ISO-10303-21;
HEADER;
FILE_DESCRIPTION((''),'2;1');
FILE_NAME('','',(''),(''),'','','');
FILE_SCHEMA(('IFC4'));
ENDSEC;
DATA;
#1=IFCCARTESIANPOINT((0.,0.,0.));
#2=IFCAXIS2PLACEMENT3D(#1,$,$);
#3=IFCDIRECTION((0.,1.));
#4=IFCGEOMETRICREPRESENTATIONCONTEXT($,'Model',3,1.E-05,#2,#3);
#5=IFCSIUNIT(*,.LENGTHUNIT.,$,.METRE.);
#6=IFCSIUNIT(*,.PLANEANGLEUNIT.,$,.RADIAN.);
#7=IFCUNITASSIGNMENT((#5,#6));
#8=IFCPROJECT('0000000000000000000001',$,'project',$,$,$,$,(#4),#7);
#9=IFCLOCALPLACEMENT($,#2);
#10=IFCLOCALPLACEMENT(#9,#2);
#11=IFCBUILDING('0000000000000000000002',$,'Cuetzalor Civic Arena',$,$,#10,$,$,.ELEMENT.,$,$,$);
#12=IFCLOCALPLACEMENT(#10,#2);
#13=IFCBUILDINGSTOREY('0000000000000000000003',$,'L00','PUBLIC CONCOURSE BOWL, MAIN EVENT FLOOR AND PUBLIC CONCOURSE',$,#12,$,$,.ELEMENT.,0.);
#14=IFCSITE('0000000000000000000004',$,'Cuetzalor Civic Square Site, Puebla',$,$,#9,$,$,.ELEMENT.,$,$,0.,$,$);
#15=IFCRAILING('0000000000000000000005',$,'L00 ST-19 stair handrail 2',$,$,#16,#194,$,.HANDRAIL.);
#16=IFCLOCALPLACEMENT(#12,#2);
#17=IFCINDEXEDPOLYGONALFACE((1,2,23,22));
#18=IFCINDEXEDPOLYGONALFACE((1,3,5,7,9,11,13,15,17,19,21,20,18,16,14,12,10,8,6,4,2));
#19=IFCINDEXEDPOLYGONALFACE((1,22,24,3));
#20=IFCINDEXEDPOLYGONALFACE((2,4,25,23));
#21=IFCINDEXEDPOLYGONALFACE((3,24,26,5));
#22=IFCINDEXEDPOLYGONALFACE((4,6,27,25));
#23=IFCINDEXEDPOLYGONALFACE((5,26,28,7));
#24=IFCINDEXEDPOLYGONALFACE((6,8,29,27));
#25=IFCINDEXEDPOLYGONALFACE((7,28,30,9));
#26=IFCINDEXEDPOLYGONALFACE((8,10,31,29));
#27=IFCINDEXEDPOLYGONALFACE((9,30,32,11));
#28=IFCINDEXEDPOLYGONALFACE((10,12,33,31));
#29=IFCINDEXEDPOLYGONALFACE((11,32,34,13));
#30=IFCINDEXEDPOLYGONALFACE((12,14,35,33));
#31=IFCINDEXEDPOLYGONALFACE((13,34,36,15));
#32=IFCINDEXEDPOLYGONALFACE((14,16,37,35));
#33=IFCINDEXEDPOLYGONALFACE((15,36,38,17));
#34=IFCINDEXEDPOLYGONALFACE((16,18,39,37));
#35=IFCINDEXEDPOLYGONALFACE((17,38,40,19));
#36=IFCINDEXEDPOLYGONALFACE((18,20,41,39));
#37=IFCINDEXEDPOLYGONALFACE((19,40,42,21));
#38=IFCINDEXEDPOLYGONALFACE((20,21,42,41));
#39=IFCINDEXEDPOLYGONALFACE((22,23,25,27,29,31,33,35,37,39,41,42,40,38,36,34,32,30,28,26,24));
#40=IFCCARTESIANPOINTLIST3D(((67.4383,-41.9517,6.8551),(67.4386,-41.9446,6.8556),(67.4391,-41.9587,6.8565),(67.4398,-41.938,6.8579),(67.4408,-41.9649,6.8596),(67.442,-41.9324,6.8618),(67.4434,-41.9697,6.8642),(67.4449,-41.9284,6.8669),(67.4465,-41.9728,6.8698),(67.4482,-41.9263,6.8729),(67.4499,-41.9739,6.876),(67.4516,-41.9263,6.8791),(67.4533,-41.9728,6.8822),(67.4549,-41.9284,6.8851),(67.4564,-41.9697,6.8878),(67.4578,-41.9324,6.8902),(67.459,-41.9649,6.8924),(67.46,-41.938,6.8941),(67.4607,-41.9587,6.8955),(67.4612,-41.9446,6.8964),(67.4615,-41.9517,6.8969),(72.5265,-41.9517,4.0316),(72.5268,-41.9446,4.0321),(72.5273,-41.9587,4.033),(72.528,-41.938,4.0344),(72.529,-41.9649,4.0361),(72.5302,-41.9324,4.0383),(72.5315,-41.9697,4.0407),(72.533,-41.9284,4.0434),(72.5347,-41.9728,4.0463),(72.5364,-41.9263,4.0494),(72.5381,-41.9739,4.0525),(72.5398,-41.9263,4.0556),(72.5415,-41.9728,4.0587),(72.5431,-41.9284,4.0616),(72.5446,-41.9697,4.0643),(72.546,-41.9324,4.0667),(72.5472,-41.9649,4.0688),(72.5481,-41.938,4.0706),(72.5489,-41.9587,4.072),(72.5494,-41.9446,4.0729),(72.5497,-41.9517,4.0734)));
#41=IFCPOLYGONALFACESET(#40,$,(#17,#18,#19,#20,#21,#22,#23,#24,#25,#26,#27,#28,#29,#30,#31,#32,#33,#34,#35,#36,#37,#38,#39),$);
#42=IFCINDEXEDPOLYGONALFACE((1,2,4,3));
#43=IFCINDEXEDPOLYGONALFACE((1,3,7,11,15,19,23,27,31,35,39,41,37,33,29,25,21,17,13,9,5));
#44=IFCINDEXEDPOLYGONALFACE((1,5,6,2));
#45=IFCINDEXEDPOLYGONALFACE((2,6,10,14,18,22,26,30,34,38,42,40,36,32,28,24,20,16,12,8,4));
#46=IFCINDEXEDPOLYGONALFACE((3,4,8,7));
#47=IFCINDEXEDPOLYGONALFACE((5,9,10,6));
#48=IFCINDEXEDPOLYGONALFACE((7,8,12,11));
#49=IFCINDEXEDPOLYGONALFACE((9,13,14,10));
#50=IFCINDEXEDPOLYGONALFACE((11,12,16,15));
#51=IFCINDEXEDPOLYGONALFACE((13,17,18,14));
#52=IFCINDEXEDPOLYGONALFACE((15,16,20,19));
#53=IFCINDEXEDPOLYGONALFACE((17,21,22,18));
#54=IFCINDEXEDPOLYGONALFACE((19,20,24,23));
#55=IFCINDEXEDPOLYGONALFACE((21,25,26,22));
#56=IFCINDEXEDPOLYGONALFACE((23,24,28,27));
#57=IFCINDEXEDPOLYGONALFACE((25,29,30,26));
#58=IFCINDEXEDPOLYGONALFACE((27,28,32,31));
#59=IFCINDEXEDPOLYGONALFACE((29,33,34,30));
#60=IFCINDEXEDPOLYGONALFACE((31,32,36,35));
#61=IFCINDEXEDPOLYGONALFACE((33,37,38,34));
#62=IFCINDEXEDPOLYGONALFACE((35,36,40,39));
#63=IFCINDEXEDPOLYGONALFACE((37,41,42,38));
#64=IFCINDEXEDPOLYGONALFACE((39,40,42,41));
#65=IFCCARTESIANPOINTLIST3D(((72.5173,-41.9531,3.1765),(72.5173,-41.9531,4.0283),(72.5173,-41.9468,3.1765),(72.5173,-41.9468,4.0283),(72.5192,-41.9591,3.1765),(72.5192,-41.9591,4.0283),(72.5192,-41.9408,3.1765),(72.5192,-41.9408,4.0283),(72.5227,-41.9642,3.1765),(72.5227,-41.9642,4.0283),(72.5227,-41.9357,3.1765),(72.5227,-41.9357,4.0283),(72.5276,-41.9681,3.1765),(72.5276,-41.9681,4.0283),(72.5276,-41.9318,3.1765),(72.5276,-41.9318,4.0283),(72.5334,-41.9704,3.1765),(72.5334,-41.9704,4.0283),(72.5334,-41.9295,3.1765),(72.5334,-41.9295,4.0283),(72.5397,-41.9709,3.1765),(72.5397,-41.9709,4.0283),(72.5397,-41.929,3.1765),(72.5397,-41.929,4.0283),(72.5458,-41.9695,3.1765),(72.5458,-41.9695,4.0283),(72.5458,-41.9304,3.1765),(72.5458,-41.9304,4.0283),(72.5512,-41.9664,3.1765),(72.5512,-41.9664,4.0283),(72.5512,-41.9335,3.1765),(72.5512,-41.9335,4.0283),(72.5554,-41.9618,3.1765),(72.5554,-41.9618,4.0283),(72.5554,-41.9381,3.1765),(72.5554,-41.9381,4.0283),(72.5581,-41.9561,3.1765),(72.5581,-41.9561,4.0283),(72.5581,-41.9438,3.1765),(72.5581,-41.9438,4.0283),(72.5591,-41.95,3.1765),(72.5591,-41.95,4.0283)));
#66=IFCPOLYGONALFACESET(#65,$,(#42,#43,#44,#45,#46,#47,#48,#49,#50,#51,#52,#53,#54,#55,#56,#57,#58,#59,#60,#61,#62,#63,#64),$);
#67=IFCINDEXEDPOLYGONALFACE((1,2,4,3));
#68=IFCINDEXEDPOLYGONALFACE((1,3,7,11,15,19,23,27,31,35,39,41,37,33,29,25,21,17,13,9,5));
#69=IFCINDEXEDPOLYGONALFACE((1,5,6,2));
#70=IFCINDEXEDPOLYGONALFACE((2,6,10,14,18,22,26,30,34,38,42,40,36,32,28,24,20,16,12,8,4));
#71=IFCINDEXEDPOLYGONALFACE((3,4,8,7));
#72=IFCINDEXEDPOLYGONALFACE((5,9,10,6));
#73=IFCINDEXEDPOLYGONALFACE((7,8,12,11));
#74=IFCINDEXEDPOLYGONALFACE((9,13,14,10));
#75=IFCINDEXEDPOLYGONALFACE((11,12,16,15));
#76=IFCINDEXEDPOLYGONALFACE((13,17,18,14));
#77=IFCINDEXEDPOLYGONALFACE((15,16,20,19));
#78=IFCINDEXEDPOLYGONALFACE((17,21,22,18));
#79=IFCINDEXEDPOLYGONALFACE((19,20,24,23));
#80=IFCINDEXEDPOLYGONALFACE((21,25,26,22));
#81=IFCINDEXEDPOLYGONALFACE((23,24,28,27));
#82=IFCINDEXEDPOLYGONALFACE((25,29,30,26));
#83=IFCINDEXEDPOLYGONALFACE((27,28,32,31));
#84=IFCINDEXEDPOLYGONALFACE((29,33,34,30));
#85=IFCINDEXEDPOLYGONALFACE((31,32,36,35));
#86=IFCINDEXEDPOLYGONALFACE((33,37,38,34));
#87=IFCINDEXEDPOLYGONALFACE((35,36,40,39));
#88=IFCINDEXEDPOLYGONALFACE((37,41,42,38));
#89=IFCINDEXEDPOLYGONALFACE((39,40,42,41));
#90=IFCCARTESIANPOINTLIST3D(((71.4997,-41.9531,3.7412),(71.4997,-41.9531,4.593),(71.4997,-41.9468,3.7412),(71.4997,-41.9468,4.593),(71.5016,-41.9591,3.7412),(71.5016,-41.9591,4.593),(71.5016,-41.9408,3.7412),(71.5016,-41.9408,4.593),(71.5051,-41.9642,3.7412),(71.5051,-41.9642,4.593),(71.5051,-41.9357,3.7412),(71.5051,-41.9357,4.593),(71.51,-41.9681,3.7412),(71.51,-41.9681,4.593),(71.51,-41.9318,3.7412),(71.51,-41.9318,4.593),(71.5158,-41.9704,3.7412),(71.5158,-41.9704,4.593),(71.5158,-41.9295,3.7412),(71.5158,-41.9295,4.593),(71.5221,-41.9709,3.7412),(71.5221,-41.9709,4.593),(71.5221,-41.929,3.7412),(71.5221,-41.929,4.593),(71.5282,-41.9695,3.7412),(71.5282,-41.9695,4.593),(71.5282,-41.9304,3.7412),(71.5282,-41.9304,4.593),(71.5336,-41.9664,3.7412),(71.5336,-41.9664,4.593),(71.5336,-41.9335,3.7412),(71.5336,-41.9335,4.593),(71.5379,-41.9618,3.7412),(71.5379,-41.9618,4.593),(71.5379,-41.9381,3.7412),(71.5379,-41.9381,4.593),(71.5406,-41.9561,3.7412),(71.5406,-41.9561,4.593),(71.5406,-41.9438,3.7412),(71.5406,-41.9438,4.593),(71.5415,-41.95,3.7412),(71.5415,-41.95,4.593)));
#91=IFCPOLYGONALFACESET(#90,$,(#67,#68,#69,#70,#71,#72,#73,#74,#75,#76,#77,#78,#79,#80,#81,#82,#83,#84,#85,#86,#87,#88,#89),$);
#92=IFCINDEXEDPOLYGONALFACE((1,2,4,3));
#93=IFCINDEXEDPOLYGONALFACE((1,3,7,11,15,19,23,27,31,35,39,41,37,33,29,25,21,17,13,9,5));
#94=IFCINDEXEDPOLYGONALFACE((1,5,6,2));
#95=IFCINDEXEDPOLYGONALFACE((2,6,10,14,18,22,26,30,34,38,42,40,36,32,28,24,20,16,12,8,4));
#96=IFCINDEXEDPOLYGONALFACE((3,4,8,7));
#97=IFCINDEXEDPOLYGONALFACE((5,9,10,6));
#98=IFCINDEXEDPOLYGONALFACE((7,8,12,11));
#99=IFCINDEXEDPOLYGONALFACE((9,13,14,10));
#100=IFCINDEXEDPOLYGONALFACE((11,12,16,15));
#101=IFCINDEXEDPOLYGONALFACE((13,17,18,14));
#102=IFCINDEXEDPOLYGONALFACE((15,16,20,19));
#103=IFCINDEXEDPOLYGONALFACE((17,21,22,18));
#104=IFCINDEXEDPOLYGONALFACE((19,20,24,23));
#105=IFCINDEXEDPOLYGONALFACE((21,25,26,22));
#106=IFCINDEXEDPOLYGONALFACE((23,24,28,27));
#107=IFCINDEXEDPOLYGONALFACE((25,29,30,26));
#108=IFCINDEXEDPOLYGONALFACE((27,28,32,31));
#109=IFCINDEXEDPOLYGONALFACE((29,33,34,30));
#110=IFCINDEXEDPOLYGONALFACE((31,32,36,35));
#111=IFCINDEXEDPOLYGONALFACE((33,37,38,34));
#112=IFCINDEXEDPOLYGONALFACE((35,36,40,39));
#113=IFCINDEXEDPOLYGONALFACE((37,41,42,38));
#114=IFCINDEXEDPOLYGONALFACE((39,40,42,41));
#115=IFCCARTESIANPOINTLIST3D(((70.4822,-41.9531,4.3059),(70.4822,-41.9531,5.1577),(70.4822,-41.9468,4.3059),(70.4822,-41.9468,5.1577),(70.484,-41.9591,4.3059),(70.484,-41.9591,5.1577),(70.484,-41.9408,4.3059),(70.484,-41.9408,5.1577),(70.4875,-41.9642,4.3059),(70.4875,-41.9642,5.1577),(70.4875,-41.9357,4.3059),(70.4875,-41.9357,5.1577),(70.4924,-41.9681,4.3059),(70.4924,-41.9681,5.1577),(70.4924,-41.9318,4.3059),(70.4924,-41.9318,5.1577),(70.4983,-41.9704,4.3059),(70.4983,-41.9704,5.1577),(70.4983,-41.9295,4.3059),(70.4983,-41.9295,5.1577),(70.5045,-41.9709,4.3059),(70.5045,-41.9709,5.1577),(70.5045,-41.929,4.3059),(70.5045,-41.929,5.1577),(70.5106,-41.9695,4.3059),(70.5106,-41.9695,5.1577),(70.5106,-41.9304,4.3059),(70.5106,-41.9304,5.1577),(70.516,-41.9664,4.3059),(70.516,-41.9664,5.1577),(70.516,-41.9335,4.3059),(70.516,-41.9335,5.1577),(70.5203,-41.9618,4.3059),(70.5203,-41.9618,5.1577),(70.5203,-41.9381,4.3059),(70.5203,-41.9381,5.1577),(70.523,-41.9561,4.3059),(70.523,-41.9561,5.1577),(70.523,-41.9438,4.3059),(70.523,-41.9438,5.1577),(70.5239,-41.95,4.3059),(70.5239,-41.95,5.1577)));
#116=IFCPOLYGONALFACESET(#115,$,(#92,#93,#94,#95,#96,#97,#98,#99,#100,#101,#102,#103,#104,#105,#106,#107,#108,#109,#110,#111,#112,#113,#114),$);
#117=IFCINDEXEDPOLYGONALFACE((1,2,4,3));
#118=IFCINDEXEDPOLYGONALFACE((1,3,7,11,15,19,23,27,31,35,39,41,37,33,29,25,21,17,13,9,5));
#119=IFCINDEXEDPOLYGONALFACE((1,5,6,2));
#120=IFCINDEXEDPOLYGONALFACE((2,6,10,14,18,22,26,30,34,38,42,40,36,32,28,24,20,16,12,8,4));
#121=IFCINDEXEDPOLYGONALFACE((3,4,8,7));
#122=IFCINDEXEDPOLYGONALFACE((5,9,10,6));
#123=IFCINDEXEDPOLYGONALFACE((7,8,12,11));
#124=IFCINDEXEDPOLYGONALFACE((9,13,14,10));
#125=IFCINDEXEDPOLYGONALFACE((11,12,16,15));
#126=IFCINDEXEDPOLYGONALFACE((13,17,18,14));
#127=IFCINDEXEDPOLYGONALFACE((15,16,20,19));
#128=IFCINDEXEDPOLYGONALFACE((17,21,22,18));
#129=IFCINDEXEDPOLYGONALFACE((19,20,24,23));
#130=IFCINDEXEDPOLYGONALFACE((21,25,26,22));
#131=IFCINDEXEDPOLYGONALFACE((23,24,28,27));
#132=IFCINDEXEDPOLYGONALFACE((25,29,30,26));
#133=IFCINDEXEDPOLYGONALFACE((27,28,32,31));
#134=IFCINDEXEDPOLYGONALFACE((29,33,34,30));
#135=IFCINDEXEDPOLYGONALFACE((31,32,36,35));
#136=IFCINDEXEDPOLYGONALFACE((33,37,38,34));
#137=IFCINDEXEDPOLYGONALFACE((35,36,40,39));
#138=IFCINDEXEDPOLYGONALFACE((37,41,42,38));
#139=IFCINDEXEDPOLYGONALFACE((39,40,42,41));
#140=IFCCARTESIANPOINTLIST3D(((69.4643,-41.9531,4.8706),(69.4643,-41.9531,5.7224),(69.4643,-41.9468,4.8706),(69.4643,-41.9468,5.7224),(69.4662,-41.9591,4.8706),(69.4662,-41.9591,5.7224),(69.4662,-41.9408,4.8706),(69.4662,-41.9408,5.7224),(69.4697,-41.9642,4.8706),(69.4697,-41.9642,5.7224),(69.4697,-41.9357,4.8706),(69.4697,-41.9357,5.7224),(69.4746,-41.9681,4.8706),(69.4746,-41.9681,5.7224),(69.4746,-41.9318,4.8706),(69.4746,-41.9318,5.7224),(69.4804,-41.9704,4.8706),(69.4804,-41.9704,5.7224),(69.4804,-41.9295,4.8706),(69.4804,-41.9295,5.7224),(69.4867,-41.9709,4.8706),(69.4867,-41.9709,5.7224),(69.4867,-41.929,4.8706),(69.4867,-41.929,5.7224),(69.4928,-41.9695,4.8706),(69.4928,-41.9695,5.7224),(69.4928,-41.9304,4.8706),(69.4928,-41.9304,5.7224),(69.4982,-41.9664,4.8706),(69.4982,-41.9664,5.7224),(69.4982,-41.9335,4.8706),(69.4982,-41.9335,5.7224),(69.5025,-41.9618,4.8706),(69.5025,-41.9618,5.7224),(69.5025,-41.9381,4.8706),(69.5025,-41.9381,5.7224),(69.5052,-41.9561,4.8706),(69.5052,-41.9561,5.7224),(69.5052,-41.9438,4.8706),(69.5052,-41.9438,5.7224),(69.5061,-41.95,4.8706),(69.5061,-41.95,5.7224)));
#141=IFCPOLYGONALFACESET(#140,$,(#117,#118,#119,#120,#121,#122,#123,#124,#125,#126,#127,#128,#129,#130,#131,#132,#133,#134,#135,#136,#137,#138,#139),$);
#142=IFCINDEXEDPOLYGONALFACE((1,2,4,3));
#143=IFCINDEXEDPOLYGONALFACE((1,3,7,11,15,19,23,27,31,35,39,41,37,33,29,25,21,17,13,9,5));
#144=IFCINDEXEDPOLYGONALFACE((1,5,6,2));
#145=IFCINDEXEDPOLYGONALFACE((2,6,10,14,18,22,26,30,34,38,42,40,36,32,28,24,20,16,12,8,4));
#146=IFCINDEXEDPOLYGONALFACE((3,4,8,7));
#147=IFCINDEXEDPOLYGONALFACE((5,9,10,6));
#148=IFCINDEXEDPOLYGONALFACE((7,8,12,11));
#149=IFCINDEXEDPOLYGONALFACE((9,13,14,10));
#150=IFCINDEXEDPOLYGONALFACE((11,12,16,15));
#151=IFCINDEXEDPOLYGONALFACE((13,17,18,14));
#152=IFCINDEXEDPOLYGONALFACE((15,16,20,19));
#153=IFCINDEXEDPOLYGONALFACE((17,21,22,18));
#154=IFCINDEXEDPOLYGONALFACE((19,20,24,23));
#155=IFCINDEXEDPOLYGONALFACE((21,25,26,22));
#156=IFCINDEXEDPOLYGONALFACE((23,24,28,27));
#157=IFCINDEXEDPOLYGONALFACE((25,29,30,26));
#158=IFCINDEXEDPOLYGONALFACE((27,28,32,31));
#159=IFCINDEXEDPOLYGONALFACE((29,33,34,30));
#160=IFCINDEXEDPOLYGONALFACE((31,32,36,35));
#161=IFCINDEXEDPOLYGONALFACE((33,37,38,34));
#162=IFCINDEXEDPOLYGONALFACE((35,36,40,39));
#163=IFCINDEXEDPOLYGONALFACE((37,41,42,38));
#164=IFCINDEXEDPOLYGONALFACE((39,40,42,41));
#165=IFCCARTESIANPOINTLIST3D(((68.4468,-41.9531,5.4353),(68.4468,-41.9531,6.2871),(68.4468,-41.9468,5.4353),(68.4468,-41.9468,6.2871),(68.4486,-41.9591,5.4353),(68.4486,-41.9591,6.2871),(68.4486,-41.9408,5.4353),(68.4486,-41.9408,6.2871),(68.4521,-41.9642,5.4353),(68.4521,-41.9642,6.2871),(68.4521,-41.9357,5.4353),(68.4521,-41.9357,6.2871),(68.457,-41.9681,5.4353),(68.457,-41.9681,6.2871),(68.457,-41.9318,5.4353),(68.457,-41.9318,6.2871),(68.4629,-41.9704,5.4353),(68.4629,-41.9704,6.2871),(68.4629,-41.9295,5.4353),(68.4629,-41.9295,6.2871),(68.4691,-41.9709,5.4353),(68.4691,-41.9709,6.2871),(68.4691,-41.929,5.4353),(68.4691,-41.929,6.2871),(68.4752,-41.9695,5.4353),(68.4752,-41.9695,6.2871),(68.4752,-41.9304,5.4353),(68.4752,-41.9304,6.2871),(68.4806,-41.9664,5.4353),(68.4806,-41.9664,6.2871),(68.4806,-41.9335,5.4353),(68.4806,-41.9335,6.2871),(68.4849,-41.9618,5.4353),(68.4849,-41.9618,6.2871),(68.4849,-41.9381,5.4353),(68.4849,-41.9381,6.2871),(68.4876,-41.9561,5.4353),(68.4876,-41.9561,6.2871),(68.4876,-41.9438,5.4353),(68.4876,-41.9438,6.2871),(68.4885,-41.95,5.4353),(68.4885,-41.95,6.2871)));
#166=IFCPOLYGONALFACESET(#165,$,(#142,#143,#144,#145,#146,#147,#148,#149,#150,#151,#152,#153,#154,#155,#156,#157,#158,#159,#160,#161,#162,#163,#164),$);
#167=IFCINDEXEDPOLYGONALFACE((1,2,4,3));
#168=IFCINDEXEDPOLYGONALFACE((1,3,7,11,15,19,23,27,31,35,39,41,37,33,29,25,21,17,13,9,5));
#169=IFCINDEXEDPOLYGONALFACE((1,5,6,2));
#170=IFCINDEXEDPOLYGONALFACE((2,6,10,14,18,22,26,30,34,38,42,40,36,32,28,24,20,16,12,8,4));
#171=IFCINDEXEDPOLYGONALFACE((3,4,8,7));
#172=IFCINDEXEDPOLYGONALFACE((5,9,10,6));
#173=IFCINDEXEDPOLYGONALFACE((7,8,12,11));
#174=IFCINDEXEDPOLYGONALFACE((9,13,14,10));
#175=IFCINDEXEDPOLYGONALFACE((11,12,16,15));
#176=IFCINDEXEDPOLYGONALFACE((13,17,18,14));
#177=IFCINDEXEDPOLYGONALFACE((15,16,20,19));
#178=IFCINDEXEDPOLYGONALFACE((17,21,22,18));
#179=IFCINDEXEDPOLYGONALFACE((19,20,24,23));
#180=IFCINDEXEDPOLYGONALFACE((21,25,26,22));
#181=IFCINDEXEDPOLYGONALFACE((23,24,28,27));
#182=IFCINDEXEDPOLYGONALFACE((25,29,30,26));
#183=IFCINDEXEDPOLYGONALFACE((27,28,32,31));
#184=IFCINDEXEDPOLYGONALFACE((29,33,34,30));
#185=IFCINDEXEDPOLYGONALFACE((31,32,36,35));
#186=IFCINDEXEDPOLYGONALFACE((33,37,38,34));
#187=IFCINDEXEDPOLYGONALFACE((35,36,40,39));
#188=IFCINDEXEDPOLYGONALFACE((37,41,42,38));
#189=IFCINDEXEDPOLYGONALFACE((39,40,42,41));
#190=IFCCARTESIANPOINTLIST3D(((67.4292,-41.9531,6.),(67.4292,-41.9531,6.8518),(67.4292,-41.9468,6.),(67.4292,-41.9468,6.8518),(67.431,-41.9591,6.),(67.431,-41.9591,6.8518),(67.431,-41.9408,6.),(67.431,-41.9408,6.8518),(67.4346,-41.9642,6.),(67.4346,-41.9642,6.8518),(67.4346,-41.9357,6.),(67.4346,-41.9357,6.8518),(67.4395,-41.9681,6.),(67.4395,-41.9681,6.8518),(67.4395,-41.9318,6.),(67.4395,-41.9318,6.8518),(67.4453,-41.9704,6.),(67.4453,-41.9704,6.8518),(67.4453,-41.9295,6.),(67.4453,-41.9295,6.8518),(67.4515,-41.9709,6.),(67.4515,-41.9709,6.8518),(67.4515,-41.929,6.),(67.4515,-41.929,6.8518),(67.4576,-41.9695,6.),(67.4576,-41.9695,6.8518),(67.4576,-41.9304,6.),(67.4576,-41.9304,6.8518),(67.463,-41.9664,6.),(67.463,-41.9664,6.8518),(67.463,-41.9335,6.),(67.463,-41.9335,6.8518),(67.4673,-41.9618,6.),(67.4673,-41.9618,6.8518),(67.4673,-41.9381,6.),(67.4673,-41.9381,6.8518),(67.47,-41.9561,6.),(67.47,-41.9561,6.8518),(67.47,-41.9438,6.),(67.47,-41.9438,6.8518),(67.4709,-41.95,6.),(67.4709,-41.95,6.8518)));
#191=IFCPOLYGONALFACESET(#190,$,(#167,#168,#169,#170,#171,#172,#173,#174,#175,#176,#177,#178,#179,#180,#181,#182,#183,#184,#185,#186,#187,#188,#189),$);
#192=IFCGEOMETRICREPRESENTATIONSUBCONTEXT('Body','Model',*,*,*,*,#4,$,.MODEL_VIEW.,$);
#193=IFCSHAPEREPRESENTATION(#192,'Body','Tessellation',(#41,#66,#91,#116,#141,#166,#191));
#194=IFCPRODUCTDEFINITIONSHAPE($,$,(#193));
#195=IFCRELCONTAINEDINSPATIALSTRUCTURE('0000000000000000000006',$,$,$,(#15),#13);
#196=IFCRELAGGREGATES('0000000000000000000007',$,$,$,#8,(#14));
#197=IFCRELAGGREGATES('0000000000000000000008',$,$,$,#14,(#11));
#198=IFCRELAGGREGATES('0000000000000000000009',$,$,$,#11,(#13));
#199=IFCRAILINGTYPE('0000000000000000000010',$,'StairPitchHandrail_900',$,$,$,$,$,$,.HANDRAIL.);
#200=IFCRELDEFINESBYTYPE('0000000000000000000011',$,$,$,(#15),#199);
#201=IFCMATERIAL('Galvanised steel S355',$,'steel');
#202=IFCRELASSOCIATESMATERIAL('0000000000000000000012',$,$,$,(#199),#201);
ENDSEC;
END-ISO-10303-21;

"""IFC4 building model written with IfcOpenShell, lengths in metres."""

from ifc_helpers import new_model, si_unit, direction, frame, origin, origin_2d, place, context, subcontext, project, spatial, circle, extrude, material, type_object, element, save


model = new_model("IFC4")

# Units and contexts
model_context = context("Model", 3, precision=1e-05, world=origin(), true_north=direction((0.0, 1.0)))
body_context = subcontext(model_context, "Body", "Model", "MODEL_VIEW")
ifc_project = project(units=[si_unit("LENGTHUNIT", "METRE"), si_unit("PLANEANGLEUNIT", "RADIAN")], contexts=[model_context])

# Site, building, storey
site_placement = place(None, origin())
site = spatial("IfcSite", under=ifc_project, at=site_placement, Name="Cuetzalor Civic Square Site, Puebla", CompositionType="ELEMENT", RefElevation=0.0)
building_placement = place(site_placement, origin())
building = spatial("IfcBuilding", under=site, at=building_placement, Name="Cuetzalor Civic Arena", CompositionType="ELEMENT")
storey_placement = place(building_placement, origin())
storey = spatial("IfcBuildingStorey", under=building, at=storey_placement, Name="L00", Description="PUBLIC CONCOURSE BOWL, MAIN EVENT FLOOR AND PUBLIC CONCOURSE", CompositionType="ELEMENT", Elevation=0.0)

# Railing
ifc_material_1 = material(Name="Galvanised steel S355", Category="steel")
railing_type_1 = type_object("IfcRailingType", Name="StairPitchHandrail_900", PredefinedType="HANDRAIL", material=ifc_material_1)
railing_1_placement = place(storey_placement, frame((72.5381, -41.95, 3.1765)))
element("IfcRailing", 1, at=railing_1_placement, inside=storey, type_object=railing_type_1, Name="L00 ST-19 stair handrail 2", PredefinedType="HANDRAIL", context=body_context, shape_type="SweptSolid", body=[
    extrude(circle(Radius=0.0239, at=origin_2d()), frame((0.0, 0.0, 0.876), z_axis=(-0.874395, 0.0, 0.485215), x_axis=(0.0, -1.0, 0.0)), (0.0, 0.0, 1.0), 5.8191),
    extrude(circle(Radius=0.021, at=origin_2d()), origin(), (0.0, 0.0, 1.0), 0.8518),
    extrude(circle(Radius=0.021, at=origin_2d()), frame((-1.0176, 0.0, 0.5647)), (0.0, 0.0, 1.0), 0.8518),
    extrude(circle(Radius=0.021, at=origin_2d()), frame((-2.0352, 0.0, 1.1294)), (0.0, 0.0, 1.0), 0.8518),
    extrude(circle(Radius=0.021, at=origin_2d()), frame((-3.053, 0.0, 1.6941)), (0.0, 0.0, 1.0), 0.8518),
    extrude(circle(Radius=0.021, at=origin_2d()), frame((-4.0706, 0.0, 2.2588)), (0.0, 0.0, 1.0), 0.8518),
    extrude(circle(Radius=0.021, at=origin_2d()), frame((-5.0881, 0.0, 2.8235)), (0.0, 0.0, 1.0), 0.8518),
])

save(model, "model.ifc")
